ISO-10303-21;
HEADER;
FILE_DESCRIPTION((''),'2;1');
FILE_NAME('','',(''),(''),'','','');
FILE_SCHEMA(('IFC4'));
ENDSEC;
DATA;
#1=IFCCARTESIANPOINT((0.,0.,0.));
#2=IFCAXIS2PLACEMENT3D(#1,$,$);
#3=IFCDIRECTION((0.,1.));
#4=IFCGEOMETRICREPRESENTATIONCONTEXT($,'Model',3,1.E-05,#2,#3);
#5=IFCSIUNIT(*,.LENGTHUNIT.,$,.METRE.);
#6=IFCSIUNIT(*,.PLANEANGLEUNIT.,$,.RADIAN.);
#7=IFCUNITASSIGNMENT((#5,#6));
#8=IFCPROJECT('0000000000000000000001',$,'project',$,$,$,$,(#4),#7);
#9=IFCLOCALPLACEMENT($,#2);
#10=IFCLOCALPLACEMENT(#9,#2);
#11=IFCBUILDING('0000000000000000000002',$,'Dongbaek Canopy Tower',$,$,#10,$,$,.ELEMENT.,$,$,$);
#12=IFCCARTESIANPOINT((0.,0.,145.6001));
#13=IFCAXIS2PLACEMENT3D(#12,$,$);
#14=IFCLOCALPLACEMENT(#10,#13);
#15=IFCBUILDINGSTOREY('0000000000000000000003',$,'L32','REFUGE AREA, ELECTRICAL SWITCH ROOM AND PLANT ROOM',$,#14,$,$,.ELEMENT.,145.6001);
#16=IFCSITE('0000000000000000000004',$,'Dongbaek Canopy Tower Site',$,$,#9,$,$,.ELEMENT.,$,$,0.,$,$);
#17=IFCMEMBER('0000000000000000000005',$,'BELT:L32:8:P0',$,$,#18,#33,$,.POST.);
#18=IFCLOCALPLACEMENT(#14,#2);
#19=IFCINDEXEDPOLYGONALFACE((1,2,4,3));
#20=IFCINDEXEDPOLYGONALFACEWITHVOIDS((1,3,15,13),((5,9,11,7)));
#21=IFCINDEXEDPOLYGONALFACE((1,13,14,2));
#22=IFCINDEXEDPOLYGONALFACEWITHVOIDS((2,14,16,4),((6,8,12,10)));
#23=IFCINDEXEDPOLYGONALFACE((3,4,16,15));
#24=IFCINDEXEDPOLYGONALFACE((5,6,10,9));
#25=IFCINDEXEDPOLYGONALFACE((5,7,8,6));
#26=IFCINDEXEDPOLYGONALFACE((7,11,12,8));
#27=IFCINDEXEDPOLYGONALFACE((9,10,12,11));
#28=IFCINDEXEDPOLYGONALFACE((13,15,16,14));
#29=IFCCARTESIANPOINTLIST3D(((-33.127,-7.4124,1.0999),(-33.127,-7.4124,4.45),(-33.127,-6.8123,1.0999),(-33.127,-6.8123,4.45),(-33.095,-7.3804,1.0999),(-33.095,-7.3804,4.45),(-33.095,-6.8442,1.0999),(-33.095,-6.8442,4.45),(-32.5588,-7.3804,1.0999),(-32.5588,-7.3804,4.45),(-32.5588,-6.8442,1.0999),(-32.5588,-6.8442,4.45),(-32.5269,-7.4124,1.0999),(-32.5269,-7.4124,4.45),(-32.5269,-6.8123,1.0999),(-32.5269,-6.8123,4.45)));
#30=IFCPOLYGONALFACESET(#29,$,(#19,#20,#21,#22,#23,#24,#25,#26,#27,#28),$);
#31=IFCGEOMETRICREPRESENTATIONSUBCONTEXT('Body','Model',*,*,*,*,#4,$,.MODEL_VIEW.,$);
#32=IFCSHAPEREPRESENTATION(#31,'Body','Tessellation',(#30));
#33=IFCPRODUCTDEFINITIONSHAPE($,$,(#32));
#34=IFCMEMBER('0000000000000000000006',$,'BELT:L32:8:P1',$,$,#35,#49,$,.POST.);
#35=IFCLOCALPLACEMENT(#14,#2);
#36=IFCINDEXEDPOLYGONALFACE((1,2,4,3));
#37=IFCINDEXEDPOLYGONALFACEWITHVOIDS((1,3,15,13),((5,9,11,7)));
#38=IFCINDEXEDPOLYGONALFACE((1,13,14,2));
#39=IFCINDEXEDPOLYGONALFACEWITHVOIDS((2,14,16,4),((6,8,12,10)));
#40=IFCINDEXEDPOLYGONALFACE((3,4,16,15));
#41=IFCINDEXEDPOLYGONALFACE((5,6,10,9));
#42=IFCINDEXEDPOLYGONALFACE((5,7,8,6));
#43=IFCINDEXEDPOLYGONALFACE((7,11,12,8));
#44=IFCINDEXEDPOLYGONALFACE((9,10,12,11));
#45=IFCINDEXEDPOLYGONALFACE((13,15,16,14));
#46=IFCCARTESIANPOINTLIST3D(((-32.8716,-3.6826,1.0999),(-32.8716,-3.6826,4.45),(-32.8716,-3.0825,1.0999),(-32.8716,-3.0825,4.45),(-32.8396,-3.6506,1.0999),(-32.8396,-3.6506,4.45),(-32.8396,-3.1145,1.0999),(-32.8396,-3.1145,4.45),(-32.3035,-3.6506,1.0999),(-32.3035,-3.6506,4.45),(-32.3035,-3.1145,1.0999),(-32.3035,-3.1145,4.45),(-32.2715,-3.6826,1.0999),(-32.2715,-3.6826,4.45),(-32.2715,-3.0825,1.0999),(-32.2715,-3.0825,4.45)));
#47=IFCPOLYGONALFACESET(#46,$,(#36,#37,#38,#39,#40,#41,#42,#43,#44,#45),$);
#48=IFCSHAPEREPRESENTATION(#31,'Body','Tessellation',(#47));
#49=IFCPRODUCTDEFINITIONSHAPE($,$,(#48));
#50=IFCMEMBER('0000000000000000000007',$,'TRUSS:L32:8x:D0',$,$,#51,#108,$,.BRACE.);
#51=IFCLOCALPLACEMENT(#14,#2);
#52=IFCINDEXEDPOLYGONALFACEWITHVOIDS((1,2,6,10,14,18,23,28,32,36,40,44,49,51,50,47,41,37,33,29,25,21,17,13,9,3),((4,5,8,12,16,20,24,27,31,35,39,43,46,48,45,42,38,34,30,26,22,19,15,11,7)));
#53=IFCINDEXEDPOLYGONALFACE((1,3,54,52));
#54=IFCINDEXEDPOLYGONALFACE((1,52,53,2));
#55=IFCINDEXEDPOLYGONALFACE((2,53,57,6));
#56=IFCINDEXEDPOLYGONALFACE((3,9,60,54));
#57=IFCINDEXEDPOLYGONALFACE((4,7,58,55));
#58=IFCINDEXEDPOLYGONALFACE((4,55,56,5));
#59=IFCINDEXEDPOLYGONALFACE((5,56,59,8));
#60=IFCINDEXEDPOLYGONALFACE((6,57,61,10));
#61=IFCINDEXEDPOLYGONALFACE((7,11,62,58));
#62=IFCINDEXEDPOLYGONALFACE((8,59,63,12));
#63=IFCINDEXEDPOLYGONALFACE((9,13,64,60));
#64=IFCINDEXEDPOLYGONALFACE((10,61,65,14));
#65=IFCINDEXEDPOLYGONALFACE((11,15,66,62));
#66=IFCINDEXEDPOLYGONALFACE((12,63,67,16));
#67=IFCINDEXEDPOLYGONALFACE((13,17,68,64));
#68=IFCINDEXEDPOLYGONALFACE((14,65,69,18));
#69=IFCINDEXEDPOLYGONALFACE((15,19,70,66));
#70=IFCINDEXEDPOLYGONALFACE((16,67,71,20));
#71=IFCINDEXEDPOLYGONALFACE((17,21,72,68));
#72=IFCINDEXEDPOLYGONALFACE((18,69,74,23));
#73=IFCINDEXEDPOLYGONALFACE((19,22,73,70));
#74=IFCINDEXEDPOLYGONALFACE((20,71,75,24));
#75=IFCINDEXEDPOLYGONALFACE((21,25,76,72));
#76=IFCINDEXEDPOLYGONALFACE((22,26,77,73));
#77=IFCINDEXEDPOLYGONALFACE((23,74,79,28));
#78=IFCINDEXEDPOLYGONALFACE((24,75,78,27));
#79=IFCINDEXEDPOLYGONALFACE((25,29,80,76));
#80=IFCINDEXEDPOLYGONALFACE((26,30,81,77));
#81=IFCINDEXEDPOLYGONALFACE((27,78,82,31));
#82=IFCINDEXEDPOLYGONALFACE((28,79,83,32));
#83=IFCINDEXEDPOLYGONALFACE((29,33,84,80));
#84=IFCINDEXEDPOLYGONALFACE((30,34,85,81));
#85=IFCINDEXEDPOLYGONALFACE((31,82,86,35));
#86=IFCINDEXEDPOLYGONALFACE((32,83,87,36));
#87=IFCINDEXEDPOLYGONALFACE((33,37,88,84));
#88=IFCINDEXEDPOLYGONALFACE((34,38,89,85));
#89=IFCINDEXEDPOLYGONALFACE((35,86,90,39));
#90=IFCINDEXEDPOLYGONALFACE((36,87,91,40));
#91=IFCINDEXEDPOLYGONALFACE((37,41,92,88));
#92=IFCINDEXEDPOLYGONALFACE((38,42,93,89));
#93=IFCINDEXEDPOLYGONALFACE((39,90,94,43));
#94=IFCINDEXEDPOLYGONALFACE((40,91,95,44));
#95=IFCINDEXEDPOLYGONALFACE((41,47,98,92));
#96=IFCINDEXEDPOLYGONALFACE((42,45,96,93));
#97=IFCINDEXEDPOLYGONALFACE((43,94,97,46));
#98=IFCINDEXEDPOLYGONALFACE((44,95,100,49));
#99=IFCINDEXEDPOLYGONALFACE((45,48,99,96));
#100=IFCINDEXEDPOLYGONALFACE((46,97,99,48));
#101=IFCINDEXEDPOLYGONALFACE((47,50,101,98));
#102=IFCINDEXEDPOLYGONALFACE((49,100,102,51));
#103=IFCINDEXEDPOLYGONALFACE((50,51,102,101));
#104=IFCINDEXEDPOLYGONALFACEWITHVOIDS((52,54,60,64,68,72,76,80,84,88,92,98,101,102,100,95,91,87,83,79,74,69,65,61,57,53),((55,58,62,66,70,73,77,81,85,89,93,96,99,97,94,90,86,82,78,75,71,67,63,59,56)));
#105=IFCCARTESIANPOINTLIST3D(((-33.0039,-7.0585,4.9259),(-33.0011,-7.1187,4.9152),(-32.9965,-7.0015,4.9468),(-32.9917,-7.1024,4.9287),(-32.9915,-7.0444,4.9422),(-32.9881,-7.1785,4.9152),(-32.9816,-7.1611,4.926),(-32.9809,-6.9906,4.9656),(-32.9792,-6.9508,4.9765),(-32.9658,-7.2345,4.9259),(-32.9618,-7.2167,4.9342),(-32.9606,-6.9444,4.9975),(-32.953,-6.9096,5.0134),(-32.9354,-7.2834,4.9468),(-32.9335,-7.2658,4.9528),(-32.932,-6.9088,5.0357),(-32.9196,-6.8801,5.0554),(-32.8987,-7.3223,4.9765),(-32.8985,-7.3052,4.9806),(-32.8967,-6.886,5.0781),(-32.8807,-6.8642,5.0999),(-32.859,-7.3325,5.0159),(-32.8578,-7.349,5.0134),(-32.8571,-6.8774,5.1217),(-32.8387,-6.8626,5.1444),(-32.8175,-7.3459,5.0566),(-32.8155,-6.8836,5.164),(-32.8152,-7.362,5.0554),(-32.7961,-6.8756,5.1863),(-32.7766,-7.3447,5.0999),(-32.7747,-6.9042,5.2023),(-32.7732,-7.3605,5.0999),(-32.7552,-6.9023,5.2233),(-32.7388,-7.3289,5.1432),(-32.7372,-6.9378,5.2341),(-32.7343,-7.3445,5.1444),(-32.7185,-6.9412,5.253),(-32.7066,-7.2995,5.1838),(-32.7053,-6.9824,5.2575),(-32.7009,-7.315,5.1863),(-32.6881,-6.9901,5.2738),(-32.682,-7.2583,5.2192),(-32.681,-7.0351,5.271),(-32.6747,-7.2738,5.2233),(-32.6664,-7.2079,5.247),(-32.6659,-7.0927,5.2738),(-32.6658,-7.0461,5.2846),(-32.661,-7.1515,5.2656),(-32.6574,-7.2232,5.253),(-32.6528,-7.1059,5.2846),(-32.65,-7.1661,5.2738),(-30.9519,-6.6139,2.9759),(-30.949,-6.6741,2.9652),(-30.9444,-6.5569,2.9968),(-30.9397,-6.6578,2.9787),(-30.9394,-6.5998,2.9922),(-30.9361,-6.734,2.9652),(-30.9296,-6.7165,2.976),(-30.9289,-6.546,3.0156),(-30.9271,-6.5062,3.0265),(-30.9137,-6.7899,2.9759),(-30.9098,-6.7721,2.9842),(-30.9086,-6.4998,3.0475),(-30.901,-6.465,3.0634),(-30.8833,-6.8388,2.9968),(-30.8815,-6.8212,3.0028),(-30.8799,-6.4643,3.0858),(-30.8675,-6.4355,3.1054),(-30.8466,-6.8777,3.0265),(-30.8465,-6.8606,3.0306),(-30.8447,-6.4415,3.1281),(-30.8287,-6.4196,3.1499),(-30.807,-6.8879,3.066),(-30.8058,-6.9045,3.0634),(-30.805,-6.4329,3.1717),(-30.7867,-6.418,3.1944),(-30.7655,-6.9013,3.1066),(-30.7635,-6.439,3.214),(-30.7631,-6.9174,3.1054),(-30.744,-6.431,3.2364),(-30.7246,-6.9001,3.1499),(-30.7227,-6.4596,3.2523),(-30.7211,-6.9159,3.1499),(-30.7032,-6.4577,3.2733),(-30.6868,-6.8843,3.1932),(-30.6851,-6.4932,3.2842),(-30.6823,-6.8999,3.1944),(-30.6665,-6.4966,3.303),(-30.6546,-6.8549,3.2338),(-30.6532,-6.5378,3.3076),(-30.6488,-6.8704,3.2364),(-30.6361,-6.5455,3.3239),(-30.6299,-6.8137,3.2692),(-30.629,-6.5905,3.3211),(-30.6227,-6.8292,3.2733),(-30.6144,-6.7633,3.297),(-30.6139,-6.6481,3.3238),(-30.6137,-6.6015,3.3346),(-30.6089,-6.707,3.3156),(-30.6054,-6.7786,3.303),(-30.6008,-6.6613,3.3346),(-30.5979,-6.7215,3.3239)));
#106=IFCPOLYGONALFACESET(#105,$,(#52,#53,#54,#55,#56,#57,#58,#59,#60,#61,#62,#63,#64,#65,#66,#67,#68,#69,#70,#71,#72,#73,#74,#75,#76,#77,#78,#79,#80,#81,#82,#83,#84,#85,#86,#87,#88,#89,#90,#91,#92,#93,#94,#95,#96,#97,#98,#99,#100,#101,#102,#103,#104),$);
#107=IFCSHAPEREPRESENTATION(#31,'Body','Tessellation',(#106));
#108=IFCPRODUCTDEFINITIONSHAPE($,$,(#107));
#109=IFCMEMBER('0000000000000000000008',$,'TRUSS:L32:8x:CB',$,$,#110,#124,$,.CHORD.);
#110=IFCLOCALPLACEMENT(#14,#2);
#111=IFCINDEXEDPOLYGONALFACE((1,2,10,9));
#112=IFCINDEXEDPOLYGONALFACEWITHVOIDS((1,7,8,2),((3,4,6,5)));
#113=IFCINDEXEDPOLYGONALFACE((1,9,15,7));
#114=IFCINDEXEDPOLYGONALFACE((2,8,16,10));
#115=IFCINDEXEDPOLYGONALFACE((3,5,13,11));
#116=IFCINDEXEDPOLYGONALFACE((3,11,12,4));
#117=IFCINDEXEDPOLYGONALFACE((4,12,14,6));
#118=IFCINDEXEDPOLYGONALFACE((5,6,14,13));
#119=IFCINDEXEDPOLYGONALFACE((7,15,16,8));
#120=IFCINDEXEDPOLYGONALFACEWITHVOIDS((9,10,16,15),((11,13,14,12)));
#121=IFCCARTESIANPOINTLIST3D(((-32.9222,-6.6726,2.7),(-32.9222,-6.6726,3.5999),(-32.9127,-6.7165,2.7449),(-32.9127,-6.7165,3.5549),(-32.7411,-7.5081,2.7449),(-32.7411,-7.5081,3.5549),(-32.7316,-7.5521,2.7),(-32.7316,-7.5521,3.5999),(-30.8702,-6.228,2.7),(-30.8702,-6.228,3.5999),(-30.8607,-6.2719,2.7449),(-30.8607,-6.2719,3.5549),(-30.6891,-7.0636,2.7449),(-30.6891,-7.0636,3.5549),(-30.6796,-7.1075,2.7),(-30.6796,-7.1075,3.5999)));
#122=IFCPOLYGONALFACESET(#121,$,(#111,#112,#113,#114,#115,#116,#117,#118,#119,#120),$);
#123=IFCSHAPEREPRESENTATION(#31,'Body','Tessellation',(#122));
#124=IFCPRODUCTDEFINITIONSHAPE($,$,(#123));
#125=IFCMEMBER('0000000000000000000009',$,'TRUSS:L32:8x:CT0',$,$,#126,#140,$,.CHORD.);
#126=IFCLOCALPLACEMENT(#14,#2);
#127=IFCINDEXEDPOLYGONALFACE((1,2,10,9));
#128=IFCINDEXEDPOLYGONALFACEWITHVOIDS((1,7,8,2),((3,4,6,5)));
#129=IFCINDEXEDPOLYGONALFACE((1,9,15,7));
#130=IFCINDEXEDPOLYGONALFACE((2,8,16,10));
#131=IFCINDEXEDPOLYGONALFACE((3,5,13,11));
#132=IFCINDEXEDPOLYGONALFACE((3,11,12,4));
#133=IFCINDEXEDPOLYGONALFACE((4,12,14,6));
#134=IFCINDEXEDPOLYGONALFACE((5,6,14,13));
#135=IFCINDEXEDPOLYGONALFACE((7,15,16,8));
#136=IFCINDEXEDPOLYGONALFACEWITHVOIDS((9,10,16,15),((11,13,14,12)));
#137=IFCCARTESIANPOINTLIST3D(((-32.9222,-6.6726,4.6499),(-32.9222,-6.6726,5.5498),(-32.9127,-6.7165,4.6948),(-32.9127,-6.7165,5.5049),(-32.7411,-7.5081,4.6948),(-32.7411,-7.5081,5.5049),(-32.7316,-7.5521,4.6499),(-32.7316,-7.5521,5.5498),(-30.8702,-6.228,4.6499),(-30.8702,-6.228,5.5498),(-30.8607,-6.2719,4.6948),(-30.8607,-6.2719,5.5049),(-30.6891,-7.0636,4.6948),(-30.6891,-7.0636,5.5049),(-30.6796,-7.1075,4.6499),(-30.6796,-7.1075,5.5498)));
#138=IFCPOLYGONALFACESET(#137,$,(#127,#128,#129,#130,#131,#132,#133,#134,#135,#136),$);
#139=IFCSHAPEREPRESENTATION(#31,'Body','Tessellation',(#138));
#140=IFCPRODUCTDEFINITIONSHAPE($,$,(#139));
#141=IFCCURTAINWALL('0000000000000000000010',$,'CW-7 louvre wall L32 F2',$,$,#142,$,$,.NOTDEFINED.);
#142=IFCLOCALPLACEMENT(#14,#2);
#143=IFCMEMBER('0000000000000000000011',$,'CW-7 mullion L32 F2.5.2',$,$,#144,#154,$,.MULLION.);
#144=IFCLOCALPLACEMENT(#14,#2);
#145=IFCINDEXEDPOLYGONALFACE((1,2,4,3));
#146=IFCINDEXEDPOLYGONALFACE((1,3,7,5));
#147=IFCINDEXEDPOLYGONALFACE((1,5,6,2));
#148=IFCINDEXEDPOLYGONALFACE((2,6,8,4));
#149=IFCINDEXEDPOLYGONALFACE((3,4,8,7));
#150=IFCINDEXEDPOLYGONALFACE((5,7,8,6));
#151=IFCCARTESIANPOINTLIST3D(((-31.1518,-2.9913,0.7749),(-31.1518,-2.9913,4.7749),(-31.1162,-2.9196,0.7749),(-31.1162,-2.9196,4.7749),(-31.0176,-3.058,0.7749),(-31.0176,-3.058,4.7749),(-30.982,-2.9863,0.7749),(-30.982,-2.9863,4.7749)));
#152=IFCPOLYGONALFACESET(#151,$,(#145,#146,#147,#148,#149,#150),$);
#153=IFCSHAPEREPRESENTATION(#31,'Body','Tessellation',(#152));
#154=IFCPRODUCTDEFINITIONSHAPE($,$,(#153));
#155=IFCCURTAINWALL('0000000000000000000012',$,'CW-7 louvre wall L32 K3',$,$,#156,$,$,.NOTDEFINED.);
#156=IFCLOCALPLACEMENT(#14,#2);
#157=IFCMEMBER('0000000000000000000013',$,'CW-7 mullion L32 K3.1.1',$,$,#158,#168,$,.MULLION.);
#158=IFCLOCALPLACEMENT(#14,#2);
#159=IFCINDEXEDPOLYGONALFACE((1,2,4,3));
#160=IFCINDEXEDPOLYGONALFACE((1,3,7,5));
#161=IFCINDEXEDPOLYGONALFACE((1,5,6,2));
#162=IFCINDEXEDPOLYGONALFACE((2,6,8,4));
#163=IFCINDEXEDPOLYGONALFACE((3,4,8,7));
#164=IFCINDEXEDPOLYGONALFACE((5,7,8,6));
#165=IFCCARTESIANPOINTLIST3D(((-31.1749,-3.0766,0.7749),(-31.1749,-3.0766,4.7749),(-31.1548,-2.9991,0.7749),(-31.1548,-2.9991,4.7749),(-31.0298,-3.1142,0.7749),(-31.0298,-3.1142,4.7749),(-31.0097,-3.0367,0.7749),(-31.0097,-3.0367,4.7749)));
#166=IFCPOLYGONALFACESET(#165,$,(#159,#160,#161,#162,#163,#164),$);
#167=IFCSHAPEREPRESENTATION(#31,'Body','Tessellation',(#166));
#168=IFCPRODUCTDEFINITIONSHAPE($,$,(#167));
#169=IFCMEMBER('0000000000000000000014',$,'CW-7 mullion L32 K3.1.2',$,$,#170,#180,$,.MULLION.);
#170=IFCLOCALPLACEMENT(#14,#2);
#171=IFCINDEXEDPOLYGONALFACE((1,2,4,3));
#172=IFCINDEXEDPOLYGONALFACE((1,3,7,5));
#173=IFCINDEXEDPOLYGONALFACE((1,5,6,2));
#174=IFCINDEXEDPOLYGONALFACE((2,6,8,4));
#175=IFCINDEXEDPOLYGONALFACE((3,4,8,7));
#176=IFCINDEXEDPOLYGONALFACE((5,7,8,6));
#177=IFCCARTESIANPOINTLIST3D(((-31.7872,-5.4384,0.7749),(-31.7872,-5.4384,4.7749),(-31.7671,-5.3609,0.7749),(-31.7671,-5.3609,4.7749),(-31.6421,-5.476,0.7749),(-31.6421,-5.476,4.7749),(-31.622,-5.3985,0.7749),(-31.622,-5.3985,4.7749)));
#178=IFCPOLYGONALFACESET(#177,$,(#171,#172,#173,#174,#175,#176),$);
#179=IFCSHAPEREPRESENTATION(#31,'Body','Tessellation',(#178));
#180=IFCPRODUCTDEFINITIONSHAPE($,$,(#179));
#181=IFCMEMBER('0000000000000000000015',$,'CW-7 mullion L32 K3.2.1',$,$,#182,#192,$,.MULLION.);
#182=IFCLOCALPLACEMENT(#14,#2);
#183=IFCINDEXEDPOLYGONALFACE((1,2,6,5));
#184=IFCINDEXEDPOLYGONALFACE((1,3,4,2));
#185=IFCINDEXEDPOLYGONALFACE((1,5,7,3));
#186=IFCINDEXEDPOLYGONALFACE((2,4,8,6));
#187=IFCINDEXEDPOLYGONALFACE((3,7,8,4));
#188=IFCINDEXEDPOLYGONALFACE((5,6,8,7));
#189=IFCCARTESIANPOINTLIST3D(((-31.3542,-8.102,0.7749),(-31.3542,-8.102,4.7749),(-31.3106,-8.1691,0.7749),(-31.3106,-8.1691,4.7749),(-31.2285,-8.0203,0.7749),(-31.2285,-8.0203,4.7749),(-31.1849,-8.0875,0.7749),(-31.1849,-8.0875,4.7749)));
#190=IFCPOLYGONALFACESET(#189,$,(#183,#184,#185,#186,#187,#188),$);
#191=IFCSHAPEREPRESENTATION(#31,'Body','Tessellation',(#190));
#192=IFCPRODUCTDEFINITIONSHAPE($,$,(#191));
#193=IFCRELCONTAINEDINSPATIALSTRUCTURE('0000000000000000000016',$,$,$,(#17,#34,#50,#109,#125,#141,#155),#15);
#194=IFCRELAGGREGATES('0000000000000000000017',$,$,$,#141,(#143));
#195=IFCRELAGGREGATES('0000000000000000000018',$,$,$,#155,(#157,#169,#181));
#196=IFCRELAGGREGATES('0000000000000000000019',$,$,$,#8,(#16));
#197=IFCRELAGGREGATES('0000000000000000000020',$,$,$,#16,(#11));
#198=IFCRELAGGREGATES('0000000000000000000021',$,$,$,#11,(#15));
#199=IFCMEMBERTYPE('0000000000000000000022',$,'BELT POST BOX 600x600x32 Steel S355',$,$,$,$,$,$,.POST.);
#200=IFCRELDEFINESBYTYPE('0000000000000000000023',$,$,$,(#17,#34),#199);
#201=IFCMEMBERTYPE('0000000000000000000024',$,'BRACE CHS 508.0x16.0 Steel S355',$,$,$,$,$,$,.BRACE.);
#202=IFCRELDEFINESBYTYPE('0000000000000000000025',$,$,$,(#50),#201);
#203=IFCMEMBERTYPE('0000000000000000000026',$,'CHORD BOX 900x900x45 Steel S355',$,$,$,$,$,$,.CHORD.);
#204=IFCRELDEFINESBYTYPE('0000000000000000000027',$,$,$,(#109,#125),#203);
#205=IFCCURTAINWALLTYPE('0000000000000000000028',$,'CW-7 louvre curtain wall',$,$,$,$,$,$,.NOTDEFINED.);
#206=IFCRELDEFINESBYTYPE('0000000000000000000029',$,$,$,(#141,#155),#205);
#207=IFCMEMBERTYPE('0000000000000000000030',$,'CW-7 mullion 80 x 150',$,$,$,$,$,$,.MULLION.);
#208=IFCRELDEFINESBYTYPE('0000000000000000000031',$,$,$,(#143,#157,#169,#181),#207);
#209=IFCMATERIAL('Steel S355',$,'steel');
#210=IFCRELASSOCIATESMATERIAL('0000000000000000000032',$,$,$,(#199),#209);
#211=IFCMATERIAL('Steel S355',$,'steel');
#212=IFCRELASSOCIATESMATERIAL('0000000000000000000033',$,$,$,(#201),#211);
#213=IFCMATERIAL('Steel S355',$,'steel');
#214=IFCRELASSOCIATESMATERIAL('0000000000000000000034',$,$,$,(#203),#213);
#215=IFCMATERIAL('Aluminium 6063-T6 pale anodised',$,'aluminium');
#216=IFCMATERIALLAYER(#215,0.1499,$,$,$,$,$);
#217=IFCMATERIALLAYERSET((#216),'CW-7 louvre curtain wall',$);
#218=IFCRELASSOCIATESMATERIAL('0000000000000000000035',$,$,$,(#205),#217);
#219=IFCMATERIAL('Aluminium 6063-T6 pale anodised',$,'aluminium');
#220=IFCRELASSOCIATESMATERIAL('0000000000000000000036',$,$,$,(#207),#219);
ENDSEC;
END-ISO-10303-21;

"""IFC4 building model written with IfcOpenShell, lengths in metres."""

from ifc_helpers import new_model, si_unit, direction, frame, origin, origin_2d, place, context, subcontext, project, spatial, rectangle, hollow_rectangle, hollow_circle, extrude, material, layer, layer_set, material_profile, profile_set, type_object, element, aggregate, save


model = new_model("IFC4")

# Units and contexts
model_context = context("Model", 3, precision=1e-05, world=origin(), true_north=direction((0.0, 1.0)))
body_context = subcontext(model_context, "Body", "Model", "MODEL_VIEW")
ifc_project = project(units=[si_unit("LENGTHUNIT", "METRE"), si_unit("PLANEANGLEUNIT", "RADIAN")], contexts=[model_context])

# Site, building, storey
site_placement = place(None, origin())
site = spatial("IfcSite", under=ifc_project, at=site_placement, Name="Dongbaek Canopy Tower Site", CompositionType="ELEMENT", RefElevation=0.0)
building_placement = place(site_placement, origin())
building = spatial("IfcBuilding", under=site, at=building_placement, Name="Dongbaek Canopy Tower", CompositionType="ELEMENT")
storey_placement = place(building_placement, frame((0.0, 0.0, 145.6001)))
storey = spatial("IfcBuildingStorey", under=building, at=storey_placement, Name="L32", Description="REFUGE AREA, ELECTRICAL SWITCH ROOM AND PLANT ROOM", CompositionType="ELEMENT", Elevation=145.6001)

# Members
ifc_material_1 = material(Name="Steel S355", Category="steel")
ifc_material_profile_1 = material_profile(ifc_material_1, hollow_rectangle(XDim=0.6001, YDim=0.6001, WallThickness=0.032, at=origin_2d()), Name="BELT POST BOX 600x600x32 Steel S355")
ifc_profile_set_1 = profile_set([ifc_material_profile_1], Name="Steel S355")
member_type_1 = type_object("IfcMemberType", Name="BELT POST BOX 600x600x32 Steel S355", PredefinedType="POST", material=ifc_profile_set_1)
for number, where, z_axis, x_axis, name in (
    (1, (-32.8269, -7.1123, 1.0999), (0.0, 0.0, 1.0), (1.0, 0.0, 0.0), "BELT:L32:8:P0"),
    (2, (-32.5715, -3.3826, 1.0999), (0.0, 0.0, 1.0), (1.0, 0.0, 0.0), "BELT:L32:8:P1"),
):
    element("IfcMember", number, at=place(storey_placement, frame(where, z_axis=z_axis, x_axis=x_axis)), inside=storey, type_object=member_type_1, Name=name, PredefinedType="POST", context=body_context, shape_type="SweptSolid", body=[
        extrude(hollow_rectangle(XDim=0.6001, YDim=0.6001, WallThickness=0.032, at=origin_2d()), origin(), (0.0, 0.0, 1.0), 3.3501),
    ])
ifc_material_2 = material(Name="Steel S355", Category="steel")
ifc_material_profile_2 = material_profile(ifc_material_2, hollow_circle(Radius=0.2539, WallThickness=0.0161, at=origin_2d()), Name="BRACE CHS 508.0x16.0 Steel S355")
ifc_profile_set_2 = profile_set([ifc_material_profile_2], Name="Steel S355")
member_type_2 = type_object("IfcMemberType", Name="BRACE CHS 508.0x16.0 Steel S355", PredefinedType="BRACE", material=ifc_profile_set_2)
member_1_placement = place(storey_placement, frame((-30.7749, -6.6677, 3.1499), z_axis=(-0.716124, -0.155153, 0.68051), x_axis=(0.211744, -0.977325, 0.0)))
element("IfcMember", 3, at=member_1_placement, inside=storey, type_object=member_type_2, Name="TRUSS:L32:8x:D0", PredefinedType="BRACE", context=body_context, shape_type="SweptSolid", body=[
    extrude(hollow_circle(Radius=0.2539, WallThickness=0.0161, at=origin_2d()), origin(), (0.0, 0.0, 1.0), 2.8655),
])
ifc_material_3 = material(Name="Steel S355", Category="steel")
ifc_material_profile_3 = material_profile(ifc_material_3, hollow_rectangle(XDim=0.8999, YDim=0.8999, WallThickness=0.0449, at=origin_2d()), Name="CHORD BOX 900x900x45 Steel S355")
ifc_profile_set_3 = profile_set([ifc_material_profile_3], Name="Steel S355")
member_type_3 = type_object("IfcMemberType", Name="CHORD BOX 900x900x45 Steel S355", PredefinedType="CHORD", material=ifc_profile_set_3)
for number, where, z_axis, x_axis, name in (
    (4, (-30.7749, -6.6677, 3.1499), (-0.977325, -0.211744, 0.0), (0.211744, -0.977325, 0.0), "TRUSS:L32:8x:CB"),
    (5, (-30.7749, -6.6677, 5.0999), (-0.977325, -0.211744, 0.0), (0.211744, -0.977325, 0.0), "TRUSS:L32:8x:CT0"),
):
    element("IfcMember", number, at=place(storey_placement, frame(where, z_axis=z_axis, x_axis=x_axis)), inside=storey, type_object=member_type_3, Name=name, PredefinedType="CHORD", context=body_context, shape_type="SweptSolid", body=[
        extrude(hollow_rectangle(XDim=0.8999, YDim=0.8999, WallThickness=0.0449, at=origin_2d()), origin(), (0.0, 0.0, 1.0), 2.0996),
    ])

# Curtain wall, member
ifc_material_4 = material(Name="Aluminium 6063-T6 pale anodised", Category="aluminium")
ifc_layer_1 = layer(ifc_material_4, 0.1499)
ifc_layer_set_1 = layer_set([ifc_layer_1], Name="CW-7 louvre curtain wall")
curtain_wall_type = type_object("IfcCurtainWallType", Name="CW-7 louvre curtain wall", PredefinedType="NOTDEFINED", material=ifc_layer_set_1)
curtain_wall_1_placement = place(storey_placement, origin())
curtain_wall_1 = element("IfcCurtainWall", 6, at=curtain_wall_1_placement, inside=storey, type_object=curtain_wall_type, Name="CW-7 louvre wall L32 F2", PredefinedType="NOTDEFINED")
ifc_material_5 = material(Name="Aluminium 6063-T6 pale anodised", Category="aluminium")
ifc_material_profile_4 = material_profile(ifc_material_5, rectangle(XDim=0.1499, YDim=0.0801, at=origin_2d()), Name="CW-7 mullion 80 x 150")
ifc_profile_set_4 = profile_set([ifc_material_profile_4], Name="Aluminium 6063-T6 pale anodised")
member_type_4 = type_object("IfcMemberType", Name="CW-7 mullion 80 x 150", PredefinedType="MULLION", material=ifc_profile_set_4)
member_2_placement = place(storey_placement, frame((-31.0669, -2.9888, 0.7749), z_axis=(0.0, 0.0, 1.0), x_axis=(-0.895566, 0.444929, 0.0)))
member_2 = element("IfcMember", 7, at=member_2_placement, type_object=member_type_4, Name="CW-7 mullion L32 F2.5.2", PredefinedType="MULLION", context=body_context, shape_type="SweptSolid", body=[
    extrude(rectangle(XDim=0.1499, YDim=0.0801, at=origin_2d()), origin(), (0.0, 0.0, 1.0), 4.0),
])
aggregate(curtain_wall_1, [member_2])

# Curtain wall, members
curtain_wall_2_placement = place(storey_placement, origin())
curtain_wall_2 = element("IfcCurtainWall", 8, at=curtain_wall_2_placement, inside=storey, type_object=curtain_wall_type, Name="CW-7 louvre wall L32 K3", PredefinedType="NOTDEFINED")
member_3_placement = place(storey_placement, frame((-31.0923, -3.0566, 0.7749), z_axis=(0.0, 0.0, 1.0), x_axis=(-0.967998, 0.250958, 0.0)))
member_3 = element("IfcMember", 9, at=member_3_placement, type_object=member_type_4, Name="CW-7 mullion L32 K3.1.1", PredefinedType="MULLION", context=body_context, shape_type="SweptSolid", body=[
    extrude(rectangle(XDim=0.1499, YDim=0.0801, at=origin_2d()), origin(), (0.0, 0.0, 1.0), 4.0),
])
member_4_placement = place(storey_placement, frame((-31.7046, -5.4185, 0.7749), z_axis=(0.0, 0.0, 1.0), x_axis=(-0.967998, 0.250958, 0.0)))
member_4 = element("IfcMember", 10, at=member_4_placement, type_object=member_type_4, Name="CW-7 mullion L32 K3.1.2", PredefinedType="MULLION", context=body_context, shape_type="SweptSolid", body=[
    extrude(rectangle(XDim=0.1499, YDim=0.0801, at=origin_2d()), origin(), (0.0, 0.0, 1.0), 4.0),
])
member_5_placement = place(storey_placement, frame((-31.2695, -8.0947, 0.7749), z_axis=(0.0, 0.0, 1.0), x_axis=(-0.838632, -0.544699, 0.0)))
member_5 = element("IfcMember", 11, at=member_5_placement, type_object=member_type_4, Name="CW-7 mullion L32 K3.2.1", PredefinedType="MULLION", context=body_context, shape_type="SweptSolid", body=[
    extrude(rectangle(XDim=0.1499, YDim=0.0801, at=origin_2d()), origin(), (0.0, 0.0, 1.0), 4.0),
])

aggregate(curtain_wall_2, [member_3, member_4, member_5])

save(model, "model.ifc")
